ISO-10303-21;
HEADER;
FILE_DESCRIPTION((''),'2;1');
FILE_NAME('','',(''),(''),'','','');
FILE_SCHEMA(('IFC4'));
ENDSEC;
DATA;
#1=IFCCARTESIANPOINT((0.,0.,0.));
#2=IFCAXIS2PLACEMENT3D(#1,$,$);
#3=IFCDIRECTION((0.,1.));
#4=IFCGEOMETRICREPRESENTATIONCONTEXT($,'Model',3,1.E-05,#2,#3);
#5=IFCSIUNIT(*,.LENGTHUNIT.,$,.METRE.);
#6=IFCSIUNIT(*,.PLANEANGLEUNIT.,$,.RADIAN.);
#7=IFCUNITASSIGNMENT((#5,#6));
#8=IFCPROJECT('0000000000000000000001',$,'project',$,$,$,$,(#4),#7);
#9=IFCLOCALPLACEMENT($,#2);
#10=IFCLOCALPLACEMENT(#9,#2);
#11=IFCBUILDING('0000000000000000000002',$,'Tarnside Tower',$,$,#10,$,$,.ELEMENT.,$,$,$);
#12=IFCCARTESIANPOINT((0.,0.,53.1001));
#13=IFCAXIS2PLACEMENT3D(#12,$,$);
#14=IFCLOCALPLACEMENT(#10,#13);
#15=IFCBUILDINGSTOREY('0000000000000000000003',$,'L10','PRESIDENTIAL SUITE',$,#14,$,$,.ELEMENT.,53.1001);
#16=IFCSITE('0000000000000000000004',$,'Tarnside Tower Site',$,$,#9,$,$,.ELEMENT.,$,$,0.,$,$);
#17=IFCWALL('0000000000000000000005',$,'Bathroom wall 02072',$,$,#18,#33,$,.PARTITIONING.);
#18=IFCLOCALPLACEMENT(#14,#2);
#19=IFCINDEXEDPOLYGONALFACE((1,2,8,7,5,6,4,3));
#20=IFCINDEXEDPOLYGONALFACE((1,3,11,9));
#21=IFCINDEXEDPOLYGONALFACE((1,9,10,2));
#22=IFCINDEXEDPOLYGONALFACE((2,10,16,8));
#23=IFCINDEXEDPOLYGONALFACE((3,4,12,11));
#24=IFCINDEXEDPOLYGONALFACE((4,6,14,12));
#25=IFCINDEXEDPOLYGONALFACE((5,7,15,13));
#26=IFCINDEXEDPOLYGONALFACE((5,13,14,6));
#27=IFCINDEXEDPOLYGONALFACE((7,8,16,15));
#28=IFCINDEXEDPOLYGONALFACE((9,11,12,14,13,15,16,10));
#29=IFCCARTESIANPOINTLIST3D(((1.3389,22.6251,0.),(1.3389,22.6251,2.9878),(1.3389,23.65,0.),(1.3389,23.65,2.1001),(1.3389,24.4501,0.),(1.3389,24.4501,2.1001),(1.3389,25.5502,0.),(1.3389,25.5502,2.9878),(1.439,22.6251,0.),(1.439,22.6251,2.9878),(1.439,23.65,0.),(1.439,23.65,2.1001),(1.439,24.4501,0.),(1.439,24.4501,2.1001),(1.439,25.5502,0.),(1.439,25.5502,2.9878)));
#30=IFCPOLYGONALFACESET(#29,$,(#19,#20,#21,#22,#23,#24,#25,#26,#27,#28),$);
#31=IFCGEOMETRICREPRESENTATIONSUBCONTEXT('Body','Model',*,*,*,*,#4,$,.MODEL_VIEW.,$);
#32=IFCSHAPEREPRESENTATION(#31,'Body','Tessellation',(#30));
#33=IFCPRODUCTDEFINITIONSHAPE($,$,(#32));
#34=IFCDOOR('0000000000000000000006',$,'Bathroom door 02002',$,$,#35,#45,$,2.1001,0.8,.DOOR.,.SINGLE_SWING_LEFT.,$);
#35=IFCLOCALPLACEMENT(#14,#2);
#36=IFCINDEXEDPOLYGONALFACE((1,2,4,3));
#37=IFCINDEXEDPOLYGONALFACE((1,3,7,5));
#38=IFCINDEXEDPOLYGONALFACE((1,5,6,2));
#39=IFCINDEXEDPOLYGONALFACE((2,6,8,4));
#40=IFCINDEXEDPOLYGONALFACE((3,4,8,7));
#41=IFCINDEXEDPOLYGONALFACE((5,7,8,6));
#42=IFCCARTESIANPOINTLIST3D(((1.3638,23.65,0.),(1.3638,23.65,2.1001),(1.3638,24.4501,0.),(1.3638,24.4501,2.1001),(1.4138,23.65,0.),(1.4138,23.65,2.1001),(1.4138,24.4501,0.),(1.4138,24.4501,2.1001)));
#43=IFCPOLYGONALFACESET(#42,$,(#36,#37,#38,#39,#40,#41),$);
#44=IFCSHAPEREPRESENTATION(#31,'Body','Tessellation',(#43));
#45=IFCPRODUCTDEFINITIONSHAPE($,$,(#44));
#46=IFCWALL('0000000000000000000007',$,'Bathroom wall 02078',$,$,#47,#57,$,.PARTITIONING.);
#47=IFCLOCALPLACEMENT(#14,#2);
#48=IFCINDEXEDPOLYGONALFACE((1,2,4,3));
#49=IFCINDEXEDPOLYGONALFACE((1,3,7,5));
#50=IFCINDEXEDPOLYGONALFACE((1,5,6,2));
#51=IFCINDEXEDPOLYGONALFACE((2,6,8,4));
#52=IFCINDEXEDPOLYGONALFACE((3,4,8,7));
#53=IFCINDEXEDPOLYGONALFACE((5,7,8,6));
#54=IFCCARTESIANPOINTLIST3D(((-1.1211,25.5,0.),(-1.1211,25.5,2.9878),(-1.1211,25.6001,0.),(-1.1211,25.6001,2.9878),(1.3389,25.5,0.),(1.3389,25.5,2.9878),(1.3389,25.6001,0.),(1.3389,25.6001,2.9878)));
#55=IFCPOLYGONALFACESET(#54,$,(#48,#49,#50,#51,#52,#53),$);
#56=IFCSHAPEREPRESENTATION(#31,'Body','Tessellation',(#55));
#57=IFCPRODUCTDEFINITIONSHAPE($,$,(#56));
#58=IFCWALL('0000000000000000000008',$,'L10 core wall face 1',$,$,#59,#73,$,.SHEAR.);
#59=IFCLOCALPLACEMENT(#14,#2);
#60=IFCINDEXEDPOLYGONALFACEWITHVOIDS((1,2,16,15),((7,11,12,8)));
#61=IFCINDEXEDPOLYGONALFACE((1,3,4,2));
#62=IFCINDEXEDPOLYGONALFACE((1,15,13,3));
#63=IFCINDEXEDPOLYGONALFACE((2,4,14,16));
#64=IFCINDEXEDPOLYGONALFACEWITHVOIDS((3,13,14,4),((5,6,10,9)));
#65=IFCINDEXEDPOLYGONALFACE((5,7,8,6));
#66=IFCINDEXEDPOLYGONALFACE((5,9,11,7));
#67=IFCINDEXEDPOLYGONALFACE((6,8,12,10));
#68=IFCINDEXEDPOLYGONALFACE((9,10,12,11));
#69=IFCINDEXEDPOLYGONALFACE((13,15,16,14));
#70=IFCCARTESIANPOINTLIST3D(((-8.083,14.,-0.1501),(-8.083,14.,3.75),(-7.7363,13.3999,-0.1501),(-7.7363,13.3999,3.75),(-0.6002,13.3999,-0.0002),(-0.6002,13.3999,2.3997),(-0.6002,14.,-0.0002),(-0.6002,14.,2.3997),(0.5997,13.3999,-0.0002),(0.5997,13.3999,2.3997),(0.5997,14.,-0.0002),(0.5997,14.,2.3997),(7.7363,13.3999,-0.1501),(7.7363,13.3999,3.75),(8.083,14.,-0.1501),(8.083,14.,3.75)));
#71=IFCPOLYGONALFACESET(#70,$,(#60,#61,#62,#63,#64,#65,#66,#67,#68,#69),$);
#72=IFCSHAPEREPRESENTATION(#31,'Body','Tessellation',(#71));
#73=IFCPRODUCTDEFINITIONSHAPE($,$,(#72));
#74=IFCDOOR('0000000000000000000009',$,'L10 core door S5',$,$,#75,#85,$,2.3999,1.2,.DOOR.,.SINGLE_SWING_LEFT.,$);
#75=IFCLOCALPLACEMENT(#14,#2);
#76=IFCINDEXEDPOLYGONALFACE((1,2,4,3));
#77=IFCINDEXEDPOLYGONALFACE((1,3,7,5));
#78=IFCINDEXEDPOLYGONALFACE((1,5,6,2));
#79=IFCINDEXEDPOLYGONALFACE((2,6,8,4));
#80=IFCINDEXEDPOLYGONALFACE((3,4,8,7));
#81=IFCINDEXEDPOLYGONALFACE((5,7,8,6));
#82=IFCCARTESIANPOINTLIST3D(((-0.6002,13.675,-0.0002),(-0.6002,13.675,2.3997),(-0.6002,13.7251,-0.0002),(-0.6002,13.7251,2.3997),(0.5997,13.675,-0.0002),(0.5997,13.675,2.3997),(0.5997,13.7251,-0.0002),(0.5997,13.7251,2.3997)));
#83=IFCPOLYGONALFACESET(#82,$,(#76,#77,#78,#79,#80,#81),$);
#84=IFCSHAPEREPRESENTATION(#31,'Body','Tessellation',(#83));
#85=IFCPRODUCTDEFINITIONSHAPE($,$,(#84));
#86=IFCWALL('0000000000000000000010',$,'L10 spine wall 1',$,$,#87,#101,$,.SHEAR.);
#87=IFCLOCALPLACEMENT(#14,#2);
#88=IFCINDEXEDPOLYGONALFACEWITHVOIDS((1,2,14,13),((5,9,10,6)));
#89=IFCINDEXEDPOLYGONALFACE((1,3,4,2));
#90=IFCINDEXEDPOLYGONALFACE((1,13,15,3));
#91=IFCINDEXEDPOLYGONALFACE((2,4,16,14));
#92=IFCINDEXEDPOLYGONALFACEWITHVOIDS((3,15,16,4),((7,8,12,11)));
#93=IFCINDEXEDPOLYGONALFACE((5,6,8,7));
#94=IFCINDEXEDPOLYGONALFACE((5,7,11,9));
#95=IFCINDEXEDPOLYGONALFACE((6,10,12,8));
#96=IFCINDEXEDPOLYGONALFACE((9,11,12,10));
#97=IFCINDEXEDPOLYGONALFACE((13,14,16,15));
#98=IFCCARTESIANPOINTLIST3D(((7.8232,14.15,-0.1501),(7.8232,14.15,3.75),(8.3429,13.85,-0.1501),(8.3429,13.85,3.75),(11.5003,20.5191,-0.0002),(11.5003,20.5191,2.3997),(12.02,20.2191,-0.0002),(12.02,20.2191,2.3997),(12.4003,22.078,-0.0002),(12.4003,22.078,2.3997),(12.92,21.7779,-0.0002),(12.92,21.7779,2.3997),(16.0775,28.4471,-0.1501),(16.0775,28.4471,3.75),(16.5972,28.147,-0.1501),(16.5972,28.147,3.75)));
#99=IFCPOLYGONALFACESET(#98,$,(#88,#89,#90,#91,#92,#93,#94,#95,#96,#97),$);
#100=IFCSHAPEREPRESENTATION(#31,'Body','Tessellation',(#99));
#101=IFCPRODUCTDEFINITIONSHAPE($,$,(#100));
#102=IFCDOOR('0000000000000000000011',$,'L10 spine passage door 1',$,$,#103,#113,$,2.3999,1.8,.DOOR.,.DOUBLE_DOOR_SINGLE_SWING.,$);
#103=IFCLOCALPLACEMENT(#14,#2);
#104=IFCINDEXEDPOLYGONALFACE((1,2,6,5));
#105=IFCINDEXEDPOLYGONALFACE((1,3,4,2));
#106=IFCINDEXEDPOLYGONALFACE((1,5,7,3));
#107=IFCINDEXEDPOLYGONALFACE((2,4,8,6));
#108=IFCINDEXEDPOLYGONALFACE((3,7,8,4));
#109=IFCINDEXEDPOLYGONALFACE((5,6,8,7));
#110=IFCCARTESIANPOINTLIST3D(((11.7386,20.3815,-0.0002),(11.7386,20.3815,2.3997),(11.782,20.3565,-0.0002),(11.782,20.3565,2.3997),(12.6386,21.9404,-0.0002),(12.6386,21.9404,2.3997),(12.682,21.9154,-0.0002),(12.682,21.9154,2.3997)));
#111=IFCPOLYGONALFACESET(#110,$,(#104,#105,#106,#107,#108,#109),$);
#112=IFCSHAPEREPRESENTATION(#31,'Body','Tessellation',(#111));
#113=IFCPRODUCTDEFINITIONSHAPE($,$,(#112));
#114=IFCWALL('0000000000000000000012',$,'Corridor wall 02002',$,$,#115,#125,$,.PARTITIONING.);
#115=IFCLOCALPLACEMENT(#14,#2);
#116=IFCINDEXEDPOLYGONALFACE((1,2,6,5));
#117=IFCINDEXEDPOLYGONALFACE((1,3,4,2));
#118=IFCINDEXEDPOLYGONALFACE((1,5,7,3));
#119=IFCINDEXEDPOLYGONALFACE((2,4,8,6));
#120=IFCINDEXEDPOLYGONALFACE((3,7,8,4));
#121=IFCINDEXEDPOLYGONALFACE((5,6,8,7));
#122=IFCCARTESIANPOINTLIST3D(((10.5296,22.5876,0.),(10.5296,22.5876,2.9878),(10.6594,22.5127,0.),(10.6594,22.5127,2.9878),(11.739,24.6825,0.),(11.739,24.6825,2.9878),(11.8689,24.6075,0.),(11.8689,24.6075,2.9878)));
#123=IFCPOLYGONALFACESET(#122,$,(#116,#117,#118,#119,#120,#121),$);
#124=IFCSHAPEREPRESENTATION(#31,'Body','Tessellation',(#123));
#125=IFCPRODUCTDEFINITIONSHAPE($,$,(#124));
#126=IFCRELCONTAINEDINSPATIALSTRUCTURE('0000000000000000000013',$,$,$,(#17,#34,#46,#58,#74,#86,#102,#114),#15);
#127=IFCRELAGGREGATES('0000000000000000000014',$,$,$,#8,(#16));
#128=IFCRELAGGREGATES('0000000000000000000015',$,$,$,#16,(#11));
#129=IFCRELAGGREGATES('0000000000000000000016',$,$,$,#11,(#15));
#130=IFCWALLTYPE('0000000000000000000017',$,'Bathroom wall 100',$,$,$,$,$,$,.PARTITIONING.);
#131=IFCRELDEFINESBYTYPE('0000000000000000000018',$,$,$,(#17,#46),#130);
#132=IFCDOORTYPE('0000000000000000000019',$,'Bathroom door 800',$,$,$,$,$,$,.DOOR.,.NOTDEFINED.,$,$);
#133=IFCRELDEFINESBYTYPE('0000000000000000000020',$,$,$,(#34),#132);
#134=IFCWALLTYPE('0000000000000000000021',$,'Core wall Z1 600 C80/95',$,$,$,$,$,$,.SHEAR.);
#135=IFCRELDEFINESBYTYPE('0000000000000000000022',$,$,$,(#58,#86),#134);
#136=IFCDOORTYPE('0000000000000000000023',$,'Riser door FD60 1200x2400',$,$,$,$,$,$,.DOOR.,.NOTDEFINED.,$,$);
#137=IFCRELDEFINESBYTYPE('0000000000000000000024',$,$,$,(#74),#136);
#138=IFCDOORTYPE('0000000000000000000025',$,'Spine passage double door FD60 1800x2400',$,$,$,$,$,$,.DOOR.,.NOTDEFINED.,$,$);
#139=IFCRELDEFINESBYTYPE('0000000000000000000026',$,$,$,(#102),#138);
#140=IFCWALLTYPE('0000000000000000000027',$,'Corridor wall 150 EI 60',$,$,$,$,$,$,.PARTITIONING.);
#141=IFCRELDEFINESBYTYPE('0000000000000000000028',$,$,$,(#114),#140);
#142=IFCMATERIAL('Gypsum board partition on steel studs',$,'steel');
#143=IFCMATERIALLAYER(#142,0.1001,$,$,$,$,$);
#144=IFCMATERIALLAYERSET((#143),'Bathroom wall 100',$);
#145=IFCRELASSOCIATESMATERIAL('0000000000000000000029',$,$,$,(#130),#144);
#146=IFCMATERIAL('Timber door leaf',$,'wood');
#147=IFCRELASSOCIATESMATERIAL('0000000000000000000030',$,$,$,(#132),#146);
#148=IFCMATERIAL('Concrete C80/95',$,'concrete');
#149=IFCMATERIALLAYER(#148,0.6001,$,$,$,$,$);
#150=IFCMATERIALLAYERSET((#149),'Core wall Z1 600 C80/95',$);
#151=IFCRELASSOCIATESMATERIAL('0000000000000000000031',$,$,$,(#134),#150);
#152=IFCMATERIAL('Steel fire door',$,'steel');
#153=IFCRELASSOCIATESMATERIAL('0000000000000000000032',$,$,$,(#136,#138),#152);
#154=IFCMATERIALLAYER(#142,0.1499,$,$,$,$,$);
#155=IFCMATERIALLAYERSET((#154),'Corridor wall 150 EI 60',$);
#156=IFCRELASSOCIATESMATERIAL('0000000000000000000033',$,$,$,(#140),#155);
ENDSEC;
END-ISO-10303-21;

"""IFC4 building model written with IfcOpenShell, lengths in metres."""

from ifc_helpers import new_model, si_unit, direction, frame, frame_2d, origin, place, context, subcontext, project, spatial, polyline, rectangle, outline, extrude, material, layer, layer_set, type_object, element, fill, save


model = new_model("IFC4")

# Units and contexts
model_context = context("Model", 3, precision=1e-05, world=origin(), true_north=direction((0.0, 1.0)))
body_context = subcontext(model_context, "Body", "Model", "MODEL_VIEW")
ifc_project = project(units=[si_unit("LENGTHUNIT", "METRE"), si_unit("PLANEANGLEUNIT", "RADIAN")], contexts=[model_context])

# Site, building, storey
site_placement = place(None, origin())
site = spatial("IfcSite", under=ifc_project, at=site_placement, Name="Tarnside Tower Site", CompositionType="ELEMENT", RefElevation=0.0)
building_placement = place(site_placement, origin())
building = spatial("IfcBuilding", under=site, at=building_placement, Name="Tarnside Tower", CompositionType="ELEMENT")
storey_placement = place(building_placement, frame((0.0, 0.0, 53.1001)))
storey = spatial("IfcBuildingStorey", under=building, at=storey_placement, Name="L10", Description="PRESIDENTIAL SUITE", CompositionType="ELEMENT", Elevation=53.1001)

# Wall, opening, door
ifc_material_1 = material(Name="Gypsum board partition on steel studs", Category="steel")
ifc_layer_1 = layer(ifc_material_1, 0.1001)
ifc_layer_set_1 = layer_set([ifc_layer_1], Name="Bathroom wall 100")
wall_type_1 = type_object("IfcWallType", Name="Bathroom wall 100", PredefinedType="PARTITIONING", material=ifc_layer_set_1)
wall_1_placement = place(storey_placement, frame((1.3889, 25.55, 0.0), z_axis=(0.0, 0.0, 1.0), x_axis=(0.0, -1.0, 0.0)))
wall_1 = element("IfcWall", 1, at=wall_1_placement, inside=storey, type_object=wall_type_1, Name="Bathroom wall 02072", PredefinedType="PARTITIONING", context=body_context, shape_type="SweptSolid", body=[
    extrude(rectangle(XDim=2.925, YDim=0.1001, at=frame_2d((1.4624, 0.0))), origin(), (0.0, 0.0, 1.0), 2.9878),
])
opening_1_placement = place(wall_1_placement, frame((1.1001, 0.0, 0.0)))
opening_1 = element("IfcOpeningElement", 2, at=opening_1_placement, cuts=wall_1, PredefinedType="OPENING", context=body_context, shape_type="SweptSolid", body=[
    extrude(rectangle(XDim=0.8, YDim=2.1001, at=frame_2d((0.3999, 1.05))), frame((0.0, 0.0601, 0.0), z_axis=(0.0, -1.0, 0.0), x_axis=(1.0, 0.0, 0.0)), (0.0, 0.0, 1.0), 0.1201),
])
ifc_material_2 = material(Name="Timber door leaf", Category="wood")
door_type_1 = type_object("IfcDoorType", Name="Bathroom door 800", OperationType="NOTDEFINED", PredefinedType="DOOR", material=ifc_material_2)
door_1_placement = place(opening_1_placement, origin())
door_1 = element("IfcDoor", 3, at=door_1_placement, inside=storey, type_object=door_type_1, Name="Bathroom door 02002", OperationType="SINGLE_SWING_LEFT", OverallHeight=2.1001, OverallWidth=0.8, PredefinedType="DOOR", context=body_context, shape_type="SweptSolid", body=[
    extrude(rectangle(XDim=0.8, YDim=2.1001, at=frame_2d((0.3999, 1.05))), frame((0.0, 0.0249, 0.0), z_axis=(0.0, -1.0, 0.0), x_axis=(1.0, 0.0, 0.0)), (0.0, 0.0, 1.0), 0.05),
])
fill(opening_1, door_1)

# Wall
wall_2_placement = place(storey_placement, frame((1.3389, 25.55, 0.0), z_axis=(0.0, 0.0, 1.0), x_axis=(-1.0, 0.0, 0.0)))
element("IfcWall", 4, at=wall_2_placement, inside=storey, type_object=wall_type_1, Name="Bathroom wall 02078", PredefinedType="PARTITIONING", context=body_context, shape_type="SweptSolid", body=[
    extrude(rectangle(XDim=2.46, YDim=0.1001, at=frame_2d((1.23, 0.0))), origin(), (0.0, 0.0, 1.0), 2.9878),
])

# Walls, openings, doors
ifc_material_3 = material(Name="Concrete C80/95", Category="concrete")
ifc_layer_2 = layer(ifc_material_3, 0.6001)
ifc_layer_set_2 = layer_set([ifc_layer_2], Name="Core wall Z1 600 C80/95")
wall_type_2 = type_object("IfcWallType", Name="Core wall Z1 600 C80/95", PredefinedType="SHEAR", material=ifc_layer_set_2)
wall_3_placement = place(storey_placement, frame((7.9097, 13.7, -0.1501), z_axis=(0.0, 0.0, 1.0), x_axis=(-1.0, 0.0, 0.0)))
wall_3 = element("IfcWall", 5, at=wall_3_placement, inside=storey, type_object=wall_type_2, Name="L10 core wall face 1", PredefinedType="SHEAR", context=body_context, shape_type="SweptSolid", body=[
    extrude(outline(polyline([(-0.1733, -0.3), (15.9927, -0.3), (15.646, 0.3), (0.1733, 0.3), (-0.1733, -0.3)])), origin(), (0.0, 0.0, 1.0), 3.9001),
])
opening_2_placement = place(wall_3_placement, frame((7.3098, 0.0, 0.1499)))
opening_2 = element("IfcOpeningElement", 6, at=opening_2_placement, cuts=wall_3, PredefinedType="OPENING", context=body_context, shape_type="SweptSolid", body=[
    extrude(rectangle(XDim=1.2, YDim=2.3999, at=frame_2d((0.6001, 1.2))), frame((0.0, 0.3101, 0.0), z_axis=(0.0, -1.0, 0.0), x_axis=(1.0, 0.0, 0.0)), (0.0, 0.0, 1.0), 0.6201),
])
ifc_material_4 = material(Name="Steel fire door", Category="steel")
door_type_2 = type_object("IfcDoorType", Name="Riser door FD60 1200x2400", OperationType="NOTDEFINED", PredefinedType="DOOR", material=ifc_material_4)
door_2_placement = place(opening_2_placement, origin())
door_2 = element("IfcDoor", 7, at=door_2_placement, inside=storey, type_object=door_type_2, Name="L10 core door S5", OperationType="SINGLE_SWING_LEFT", OverallHeight=2.3999, OverallWidth=1.2, PredefinedType="DOOR", context=body_context, shape_type="SweptSolid", body=[
    extrude(rectangle(XDim=1.2, YDim=2.3999, at=frame_2d((0.6001, 1.2))), frame((0.0, 0.0249, 0.0), z_axis=(0.0, -1.0, 0.0), x_axis=(1.0, 0.0, 0.0)), (0.0, 0.0, 1.0), 0.05),
])
fill(opening_2, door_2)
wall_4_placement = place(storey_placement, frame((8.083, 14.0, -0.1501), z_axis=(0.0, 0.0, 1.0), x_axis=(0.499998, 0.866027, 0.0)))
wall_4 = element("IfcWall", 8, at=wall_4_placement, inside=storey, type_object=wall_type_2, Name="L10 spine wall 1", PredefinedType="SHEAR", context=body_context, shape_type="SweptSolid", body=[
    extrude(rectangle(XDim=16.5088, YDim=0.6001, at=frame_2d((8.2544, 0.0))), origin(), (0.0, 0.0, 1.0), 3.9001),
])
opening_3_placement = place(wall_4_placement, frame((7.3545, 0.0, 0.1499)))
opening_3 = element("IfcOpeningElement", 9, at=opening_3_placement, cuts=wall_4, PredefinedType="OPENING", context=body_context, shape_type="SweptSolid", body=[
    extrude(rectangle(XDim=1.8, YDim=2.3999, at=frame_2d((0.8999, 1.2))), frame((0.0, 0.3101, 0.0), z_axis=(0.0, -1.0, 0.0), x_axis=(1.0, 0.0, 0.0)), (0.0, 0.0, 1.0), 0.6201),
])
door_type_3 = type_object("IfcDoorType", Name="Spine passage double door FD60 1800x2400", OperationType="NOTDEFINED", PredefinedType="DOOR", material=ifc_material_4)
door_3_placement = place(opening_3_placement, origin())
door_3 = element("IfcDoor", 10, at=door_3_placement, inside=storey, type_object=door_type_3, Name="L10 spine passage door 1", OperationType="DOUBLE_DOOR_SINGLE_SWING", OverallHeight=2.3999, OverallWidth=1.8, PredefinedType="DOOR", context=body_context, shape_type="SweptSolid", body=[
    extrude(rectangle(XDim=1.8, YDim=2.3999, at=frame_2d((0.8999, 1.2))), frame((0.0, 0.0249, 0.0), z_axis=(0.0, -1.0, 0.0), x_axis=(1.0, 0.0, 0.0)), (0.0, 0.0, 1.0), 0.05),
])
fill(opening_3, door_3)

# Wall
ifc_layer_3 = layer(ifc_material_1, 0.1499)
ifc_layer_set_3 = layer_set([ifc_layer_3], Name="Corridor wall 150 EI 60")
wall_type_3 = type_object("IfcWallType", Name="Corridor wall 150 EI 60", PredefinedType="PARTITIONING", material=ifc_layer_set_3)
wall_5_placement = place(storey_placement, frame((11.804, 24.645, 0.0), z_axis=(0.0, 0.0, 1.0), x_axis=(-0.499982, -0.866036, 0.0)))
element("IfcWall", 11, at=wall_5_placement, inside=storey, type_object=wall_type_3, Name="Corridor wall 02002", PredefinedType="PARTITIONING", context=body_context, shape_type="SweptSolid", body=[
    extrude(rectangle(XDim=2.4189, YDim=0.1499, at=frame_2d((1.2095, 0.0))), origin(), (0.0, 0.0, 1.0), 2.9878),
])

save(model, "model.ifc")
